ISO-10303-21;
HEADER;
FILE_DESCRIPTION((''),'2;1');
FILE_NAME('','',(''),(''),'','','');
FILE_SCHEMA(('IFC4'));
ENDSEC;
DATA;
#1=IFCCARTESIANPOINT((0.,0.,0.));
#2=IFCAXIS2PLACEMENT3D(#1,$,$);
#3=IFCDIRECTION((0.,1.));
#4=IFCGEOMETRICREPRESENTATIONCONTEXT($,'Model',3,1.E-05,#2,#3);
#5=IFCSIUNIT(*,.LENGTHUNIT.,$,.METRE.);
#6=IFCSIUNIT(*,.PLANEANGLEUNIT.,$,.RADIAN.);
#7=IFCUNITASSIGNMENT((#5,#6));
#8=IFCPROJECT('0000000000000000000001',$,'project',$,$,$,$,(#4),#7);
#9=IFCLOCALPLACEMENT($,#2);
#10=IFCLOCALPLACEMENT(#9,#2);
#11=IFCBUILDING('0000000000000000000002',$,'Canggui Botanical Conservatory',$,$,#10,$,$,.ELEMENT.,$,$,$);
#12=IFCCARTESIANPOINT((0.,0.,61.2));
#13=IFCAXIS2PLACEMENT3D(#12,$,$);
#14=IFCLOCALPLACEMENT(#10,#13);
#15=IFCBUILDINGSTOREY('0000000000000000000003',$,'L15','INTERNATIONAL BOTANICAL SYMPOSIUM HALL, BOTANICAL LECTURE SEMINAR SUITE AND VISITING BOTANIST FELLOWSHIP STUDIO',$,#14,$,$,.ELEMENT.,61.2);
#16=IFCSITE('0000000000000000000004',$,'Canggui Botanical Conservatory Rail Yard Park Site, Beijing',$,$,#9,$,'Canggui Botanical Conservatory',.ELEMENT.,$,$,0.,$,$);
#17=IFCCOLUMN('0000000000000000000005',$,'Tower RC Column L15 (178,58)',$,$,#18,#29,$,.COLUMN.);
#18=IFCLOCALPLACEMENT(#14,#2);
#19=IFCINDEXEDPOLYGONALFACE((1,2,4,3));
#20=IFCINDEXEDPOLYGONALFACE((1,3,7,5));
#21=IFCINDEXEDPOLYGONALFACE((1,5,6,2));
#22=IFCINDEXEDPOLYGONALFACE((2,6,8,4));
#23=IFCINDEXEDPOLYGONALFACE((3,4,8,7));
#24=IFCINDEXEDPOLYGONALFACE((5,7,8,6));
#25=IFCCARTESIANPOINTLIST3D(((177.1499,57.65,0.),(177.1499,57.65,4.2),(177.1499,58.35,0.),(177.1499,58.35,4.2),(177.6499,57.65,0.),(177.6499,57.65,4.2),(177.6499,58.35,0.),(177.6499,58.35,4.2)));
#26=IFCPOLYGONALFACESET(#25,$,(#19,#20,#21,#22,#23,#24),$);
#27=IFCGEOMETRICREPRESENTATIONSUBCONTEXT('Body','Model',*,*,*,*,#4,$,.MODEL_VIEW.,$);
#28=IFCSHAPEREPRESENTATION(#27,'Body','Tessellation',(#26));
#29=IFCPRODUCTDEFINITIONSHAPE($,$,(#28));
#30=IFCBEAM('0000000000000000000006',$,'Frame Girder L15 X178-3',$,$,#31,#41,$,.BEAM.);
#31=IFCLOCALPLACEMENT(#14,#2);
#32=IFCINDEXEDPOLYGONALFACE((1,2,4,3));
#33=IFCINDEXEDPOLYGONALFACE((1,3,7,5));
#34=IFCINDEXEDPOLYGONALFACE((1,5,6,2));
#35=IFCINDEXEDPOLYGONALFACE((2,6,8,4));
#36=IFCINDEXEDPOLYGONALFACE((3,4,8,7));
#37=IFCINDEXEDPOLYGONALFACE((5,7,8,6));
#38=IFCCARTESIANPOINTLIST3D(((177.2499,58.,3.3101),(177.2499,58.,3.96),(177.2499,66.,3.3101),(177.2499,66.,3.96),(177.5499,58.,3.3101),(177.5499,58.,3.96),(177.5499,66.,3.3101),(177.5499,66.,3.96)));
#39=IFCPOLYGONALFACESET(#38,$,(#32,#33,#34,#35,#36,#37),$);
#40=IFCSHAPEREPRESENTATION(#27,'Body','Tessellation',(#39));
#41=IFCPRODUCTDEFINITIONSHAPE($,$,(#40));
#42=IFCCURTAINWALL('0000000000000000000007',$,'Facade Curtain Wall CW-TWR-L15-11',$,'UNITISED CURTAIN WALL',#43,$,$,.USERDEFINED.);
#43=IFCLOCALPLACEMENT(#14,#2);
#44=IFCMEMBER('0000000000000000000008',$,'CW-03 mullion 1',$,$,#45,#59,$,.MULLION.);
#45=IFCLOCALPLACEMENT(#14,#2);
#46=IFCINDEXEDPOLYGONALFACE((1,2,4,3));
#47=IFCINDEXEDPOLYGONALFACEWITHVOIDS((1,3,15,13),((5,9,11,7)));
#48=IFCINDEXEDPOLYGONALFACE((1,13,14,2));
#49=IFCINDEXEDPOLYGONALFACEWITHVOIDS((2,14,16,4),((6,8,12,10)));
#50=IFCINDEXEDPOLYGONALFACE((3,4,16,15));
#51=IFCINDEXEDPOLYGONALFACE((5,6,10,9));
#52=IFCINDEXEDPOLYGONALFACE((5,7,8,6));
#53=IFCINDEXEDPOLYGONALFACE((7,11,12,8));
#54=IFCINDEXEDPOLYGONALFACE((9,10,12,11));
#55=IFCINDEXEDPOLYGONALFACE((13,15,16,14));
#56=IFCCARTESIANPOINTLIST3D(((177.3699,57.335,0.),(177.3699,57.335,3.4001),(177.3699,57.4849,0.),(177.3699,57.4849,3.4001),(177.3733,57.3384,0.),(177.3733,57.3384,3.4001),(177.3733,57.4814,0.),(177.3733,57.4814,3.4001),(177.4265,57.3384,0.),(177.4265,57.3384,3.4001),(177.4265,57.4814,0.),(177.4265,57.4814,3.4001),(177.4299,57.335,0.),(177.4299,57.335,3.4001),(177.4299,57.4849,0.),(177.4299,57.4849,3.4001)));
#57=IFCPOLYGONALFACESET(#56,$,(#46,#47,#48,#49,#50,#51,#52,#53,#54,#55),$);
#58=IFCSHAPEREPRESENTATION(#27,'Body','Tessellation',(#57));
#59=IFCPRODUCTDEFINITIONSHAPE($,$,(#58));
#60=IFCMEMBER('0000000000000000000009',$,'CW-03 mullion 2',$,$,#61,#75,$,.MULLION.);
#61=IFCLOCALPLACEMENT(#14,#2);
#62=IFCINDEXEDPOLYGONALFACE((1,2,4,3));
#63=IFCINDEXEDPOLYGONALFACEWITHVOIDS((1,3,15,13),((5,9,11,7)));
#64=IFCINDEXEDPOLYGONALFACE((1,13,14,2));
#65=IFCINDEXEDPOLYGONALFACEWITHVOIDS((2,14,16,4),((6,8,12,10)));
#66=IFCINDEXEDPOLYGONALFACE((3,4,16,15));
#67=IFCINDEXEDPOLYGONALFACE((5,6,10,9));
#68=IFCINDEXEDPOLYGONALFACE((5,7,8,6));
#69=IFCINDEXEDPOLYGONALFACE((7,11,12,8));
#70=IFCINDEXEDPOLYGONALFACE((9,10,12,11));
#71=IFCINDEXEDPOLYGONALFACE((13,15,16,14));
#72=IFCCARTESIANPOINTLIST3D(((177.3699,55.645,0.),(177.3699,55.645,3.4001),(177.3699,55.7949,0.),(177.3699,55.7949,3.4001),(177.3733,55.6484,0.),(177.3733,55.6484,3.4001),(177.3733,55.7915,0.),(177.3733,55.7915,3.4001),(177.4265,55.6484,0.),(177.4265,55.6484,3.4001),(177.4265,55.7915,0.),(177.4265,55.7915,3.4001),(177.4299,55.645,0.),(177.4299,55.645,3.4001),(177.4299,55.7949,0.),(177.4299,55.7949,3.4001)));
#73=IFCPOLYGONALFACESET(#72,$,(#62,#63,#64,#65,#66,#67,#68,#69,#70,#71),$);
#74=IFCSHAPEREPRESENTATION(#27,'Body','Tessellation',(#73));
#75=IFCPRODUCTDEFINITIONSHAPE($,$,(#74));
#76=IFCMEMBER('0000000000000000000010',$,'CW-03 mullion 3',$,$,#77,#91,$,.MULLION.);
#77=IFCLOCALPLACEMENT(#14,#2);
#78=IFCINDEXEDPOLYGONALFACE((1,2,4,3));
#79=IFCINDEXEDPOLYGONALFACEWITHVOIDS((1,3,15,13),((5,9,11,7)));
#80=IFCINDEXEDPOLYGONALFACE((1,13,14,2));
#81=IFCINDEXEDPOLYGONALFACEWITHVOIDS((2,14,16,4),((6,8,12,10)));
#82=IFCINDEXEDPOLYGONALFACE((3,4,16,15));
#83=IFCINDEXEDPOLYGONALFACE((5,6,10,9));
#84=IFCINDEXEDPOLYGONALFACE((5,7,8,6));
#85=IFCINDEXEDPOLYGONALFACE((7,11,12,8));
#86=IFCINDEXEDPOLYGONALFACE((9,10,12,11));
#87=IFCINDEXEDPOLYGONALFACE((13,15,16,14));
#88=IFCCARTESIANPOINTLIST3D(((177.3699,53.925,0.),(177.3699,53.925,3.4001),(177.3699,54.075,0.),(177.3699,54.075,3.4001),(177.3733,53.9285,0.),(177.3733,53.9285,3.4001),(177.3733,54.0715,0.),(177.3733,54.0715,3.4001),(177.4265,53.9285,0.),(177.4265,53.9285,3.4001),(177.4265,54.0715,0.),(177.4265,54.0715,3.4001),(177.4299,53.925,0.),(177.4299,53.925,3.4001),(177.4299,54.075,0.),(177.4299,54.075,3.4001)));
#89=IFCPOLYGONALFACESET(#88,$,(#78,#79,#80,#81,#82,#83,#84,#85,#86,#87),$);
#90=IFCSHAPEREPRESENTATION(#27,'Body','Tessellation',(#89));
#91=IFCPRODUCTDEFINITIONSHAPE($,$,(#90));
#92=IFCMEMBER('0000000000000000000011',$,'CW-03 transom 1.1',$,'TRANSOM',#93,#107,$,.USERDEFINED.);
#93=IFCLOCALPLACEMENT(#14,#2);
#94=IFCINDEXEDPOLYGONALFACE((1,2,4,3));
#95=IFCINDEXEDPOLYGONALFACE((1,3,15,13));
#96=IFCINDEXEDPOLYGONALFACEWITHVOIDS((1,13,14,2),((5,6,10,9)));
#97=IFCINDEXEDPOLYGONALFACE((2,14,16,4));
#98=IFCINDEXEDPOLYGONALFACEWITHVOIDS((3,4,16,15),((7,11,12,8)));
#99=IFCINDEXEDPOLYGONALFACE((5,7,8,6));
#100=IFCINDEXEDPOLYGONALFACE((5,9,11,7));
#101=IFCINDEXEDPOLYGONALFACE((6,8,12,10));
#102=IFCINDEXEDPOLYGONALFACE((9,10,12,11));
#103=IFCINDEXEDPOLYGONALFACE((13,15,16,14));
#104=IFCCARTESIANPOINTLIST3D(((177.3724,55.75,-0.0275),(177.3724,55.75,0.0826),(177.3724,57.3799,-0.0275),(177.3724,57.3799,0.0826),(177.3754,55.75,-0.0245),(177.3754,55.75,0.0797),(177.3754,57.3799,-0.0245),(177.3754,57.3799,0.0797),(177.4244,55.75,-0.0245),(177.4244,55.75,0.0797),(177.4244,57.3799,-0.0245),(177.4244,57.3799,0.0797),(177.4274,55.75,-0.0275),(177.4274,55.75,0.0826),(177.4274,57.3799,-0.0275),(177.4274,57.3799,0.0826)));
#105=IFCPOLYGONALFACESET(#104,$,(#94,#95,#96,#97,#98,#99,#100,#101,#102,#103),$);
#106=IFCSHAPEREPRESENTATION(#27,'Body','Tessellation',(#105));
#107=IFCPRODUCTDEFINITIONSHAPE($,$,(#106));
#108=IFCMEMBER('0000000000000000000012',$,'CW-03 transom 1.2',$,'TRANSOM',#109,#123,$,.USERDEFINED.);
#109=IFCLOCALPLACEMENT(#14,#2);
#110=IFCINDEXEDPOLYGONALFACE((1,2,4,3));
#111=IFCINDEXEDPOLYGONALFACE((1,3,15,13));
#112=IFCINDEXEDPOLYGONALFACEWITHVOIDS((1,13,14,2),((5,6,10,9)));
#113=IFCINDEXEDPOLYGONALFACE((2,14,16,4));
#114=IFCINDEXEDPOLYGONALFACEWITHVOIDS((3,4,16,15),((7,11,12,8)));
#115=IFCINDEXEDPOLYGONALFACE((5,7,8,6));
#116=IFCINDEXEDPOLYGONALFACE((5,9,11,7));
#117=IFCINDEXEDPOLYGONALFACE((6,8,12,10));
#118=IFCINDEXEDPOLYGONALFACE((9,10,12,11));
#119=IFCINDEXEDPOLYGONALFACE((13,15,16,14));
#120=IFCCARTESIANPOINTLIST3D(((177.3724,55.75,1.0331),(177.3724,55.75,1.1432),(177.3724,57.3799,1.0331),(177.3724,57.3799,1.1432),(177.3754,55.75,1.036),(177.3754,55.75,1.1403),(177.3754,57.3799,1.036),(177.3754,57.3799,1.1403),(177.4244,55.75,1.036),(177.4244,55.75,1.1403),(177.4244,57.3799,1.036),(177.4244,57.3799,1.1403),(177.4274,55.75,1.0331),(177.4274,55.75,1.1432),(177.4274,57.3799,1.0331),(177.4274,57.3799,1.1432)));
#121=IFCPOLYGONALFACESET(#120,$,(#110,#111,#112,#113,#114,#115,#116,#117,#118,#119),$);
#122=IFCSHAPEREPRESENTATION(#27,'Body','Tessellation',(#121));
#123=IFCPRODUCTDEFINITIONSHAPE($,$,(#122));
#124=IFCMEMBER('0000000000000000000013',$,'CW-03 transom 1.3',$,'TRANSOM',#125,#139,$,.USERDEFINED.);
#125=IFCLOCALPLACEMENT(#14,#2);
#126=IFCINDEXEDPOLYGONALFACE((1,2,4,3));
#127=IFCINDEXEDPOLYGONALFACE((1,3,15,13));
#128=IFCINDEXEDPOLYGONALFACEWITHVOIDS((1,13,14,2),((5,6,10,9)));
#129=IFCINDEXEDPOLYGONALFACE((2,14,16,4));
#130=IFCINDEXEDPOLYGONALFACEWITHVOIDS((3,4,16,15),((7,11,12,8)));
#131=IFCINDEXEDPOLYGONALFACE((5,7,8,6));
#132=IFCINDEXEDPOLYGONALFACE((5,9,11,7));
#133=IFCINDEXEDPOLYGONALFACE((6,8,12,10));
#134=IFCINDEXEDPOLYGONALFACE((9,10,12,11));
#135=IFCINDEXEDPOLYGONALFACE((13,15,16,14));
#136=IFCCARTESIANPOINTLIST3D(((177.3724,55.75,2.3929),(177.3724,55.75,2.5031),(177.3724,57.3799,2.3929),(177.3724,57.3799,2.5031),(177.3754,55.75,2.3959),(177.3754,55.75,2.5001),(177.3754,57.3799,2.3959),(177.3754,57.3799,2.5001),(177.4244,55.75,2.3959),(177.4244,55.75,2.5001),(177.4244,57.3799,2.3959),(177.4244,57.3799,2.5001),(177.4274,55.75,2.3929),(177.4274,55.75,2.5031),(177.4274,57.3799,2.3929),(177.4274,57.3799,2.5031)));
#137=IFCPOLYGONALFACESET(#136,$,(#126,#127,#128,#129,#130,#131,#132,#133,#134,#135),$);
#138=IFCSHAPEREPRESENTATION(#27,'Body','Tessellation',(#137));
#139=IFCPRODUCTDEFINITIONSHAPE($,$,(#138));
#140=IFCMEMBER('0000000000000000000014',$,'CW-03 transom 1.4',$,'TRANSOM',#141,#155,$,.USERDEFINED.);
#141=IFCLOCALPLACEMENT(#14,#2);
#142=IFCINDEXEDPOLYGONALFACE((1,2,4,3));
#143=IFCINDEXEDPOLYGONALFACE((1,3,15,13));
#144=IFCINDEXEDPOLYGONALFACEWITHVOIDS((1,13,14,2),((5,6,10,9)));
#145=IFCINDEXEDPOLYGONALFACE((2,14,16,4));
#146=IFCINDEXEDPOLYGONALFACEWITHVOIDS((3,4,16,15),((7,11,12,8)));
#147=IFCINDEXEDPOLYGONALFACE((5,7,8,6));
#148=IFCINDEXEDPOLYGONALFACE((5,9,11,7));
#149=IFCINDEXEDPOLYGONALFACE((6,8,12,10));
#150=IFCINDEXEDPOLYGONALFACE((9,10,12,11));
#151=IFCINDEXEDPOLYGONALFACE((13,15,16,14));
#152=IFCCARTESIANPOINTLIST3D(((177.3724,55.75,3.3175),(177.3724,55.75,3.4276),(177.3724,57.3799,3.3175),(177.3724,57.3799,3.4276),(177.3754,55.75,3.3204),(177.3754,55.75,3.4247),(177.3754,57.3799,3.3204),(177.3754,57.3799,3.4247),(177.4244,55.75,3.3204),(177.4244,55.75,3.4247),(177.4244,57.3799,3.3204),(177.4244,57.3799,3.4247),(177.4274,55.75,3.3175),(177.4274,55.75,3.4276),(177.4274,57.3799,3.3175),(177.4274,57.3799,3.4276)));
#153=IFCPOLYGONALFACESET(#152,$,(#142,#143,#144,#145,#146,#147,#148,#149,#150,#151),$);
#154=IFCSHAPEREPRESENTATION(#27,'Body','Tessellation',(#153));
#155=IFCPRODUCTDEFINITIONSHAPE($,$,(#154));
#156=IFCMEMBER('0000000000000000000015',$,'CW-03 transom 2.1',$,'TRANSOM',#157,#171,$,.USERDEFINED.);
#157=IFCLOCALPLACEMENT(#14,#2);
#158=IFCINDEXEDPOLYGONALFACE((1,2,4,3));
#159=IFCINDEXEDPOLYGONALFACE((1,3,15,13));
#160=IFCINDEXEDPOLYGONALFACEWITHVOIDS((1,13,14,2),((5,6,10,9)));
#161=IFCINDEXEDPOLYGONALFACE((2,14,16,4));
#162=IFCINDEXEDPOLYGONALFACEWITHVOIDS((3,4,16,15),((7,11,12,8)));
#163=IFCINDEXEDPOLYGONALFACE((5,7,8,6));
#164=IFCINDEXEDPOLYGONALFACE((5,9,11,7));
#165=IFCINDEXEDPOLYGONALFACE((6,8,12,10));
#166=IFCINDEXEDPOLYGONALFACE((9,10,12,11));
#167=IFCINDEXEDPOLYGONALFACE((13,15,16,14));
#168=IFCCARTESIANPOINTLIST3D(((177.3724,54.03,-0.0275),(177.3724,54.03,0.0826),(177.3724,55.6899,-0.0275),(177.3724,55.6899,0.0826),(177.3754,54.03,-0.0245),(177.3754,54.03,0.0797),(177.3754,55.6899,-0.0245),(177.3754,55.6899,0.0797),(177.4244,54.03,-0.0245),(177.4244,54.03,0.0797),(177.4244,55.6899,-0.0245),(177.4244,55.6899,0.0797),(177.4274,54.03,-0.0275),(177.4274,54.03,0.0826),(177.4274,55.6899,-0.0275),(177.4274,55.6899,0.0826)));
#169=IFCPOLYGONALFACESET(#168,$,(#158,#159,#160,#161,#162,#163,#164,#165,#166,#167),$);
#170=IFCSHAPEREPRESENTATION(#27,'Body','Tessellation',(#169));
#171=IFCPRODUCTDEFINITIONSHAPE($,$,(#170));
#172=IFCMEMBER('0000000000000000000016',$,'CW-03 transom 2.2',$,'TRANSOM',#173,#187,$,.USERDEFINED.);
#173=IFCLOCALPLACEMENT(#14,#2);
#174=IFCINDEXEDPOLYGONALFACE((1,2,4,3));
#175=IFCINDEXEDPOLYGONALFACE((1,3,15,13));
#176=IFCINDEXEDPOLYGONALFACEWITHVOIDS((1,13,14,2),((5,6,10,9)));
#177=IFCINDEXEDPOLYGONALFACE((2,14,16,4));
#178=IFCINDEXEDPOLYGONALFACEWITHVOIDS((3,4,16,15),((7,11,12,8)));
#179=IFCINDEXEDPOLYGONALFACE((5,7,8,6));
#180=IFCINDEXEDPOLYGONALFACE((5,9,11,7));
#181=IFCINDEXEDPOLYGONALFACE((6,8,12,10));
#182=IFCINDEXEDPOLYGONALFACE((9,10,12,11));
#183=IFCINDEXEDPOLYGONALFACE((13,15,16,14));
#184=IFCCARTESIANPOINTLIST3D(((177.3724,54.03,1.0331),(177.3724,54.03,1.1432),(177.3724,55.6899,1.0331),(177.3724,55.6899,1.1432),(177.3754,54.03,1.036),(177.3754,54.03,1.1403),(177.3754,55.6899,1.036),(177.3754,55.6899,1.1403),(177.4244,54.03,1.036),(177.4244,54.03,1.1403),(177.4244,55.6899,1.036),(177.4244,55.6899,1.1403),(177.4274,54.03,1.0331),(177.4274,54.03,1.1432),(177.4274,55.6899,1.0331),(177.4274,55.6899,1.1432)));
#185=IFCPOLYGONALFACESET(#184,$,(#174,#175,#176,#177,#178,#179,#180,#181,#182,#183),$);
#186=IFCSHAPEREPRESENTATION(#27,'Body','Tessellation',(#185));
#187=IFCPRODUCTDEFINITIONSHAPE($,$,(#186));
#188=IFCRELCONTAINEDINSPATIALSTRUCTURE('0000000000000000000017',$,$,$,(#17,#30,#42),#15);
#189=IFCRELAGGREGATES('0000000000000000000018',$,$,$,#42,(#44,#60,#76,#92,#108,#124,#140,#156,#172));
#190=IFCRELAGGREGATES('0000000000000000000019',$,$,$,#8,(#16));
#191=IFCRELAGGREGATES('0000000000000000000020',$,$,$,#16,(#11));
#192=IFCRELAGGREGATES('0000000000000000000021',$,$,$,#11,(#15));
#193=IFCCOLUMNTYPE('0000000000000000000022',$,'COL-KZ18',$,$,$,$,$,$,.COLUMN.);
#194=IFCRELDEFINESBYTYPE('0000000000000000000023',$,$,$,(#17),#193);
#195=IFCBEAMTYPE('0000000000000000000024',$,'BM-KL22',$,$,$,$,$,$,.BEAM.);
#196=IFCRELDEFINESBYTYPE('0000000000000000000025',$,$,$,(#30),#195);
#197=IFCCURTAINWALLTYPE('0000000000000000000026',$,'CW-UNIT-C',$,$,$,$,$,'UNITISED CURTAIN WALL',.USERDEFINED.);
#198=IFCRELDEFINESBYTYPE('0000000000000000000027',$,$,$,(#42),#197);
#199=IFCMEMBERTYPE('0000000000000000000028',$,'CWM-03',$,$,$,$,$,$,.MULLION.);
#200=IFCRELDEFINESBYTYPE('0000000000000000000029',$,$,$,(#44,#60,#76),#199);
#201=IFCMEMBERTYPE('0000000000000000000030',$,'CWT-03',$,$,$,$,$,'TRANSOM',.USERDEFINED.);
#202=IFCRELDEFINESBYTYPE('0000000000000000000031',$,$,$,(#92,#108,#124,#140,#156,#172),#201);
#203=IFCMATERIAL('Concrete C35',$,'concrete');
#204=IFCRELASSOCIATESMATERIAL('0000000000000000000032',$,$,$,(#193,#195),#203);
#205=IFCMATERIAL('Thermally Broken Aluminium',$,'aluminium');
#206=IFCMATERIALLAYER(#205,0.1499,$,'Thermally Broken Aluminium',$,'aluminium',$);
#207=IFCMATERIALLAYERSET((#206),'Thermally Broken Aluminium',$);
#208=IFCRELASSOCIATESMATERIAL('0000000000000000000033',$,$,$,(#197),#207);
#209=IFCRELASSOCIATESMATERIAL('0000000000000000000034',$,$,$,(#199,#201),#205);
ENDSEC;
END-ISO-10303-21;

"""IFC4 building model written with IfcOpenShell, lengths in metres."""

from ifc_helpers import new_model, si_unit, direction, frame, origin, origin_2d, place, context, subcontext, project, spatial, rectangle, hollow_rectangle, extrude, material, layer, layer_set, material_profile, profile_set, type_object, element, aggregate, save


model = new_model("IFC4")

# Units and contexts
model_context = context("Model", 3, precision=1e-05, world=origin(), true_north=direction((0.0, 1.0)))
body_context = subcontext(model_context, "Body", "Model", "MODEL_VIEW")
ifc_project = project(units=[si_unit("LENGTHUNIT", "METRE"), si_unit("PLANEANGLEUNIT", "RADIAN")], contexts=[model_context])

# Site, building, storey
site_placement = place(None, origin())
site = spatial("IfcSite", under=ifc_project, at=site_placement, Name="Canggui Botanical Conservatory Rail Yard Park Site, Beijing", LongName="Canggui Botanical Conservatory", CompositionType="ELEMENT", RefElevation=0.0)
building_placement = place(site_placement, origin())
building = spatial("IfcBuilding", under=site, at=building_placement, Name="Canggui Botanical Conservatory", CompositionType="ELEMENT")
storey_placement = place(building_placement, frame((0.0, 0.0, 61.2)))
storey = spatial("IfcBuildingStorey", under=building, at=storey_placement, Name="L15", Description="INTERNATIONAL BOTANICAL SYMPOSIUM HALL, BOTANICAL LECTURE SEMINAR SUITE AND VISITING BOTANIST FELLOWSHIP STUDIO", CompositionType="ELEMENT", Elevation=61.2)

# Column
ifc_material_1 = material(Name="Concrete C35", Category="concrete")
ifc_material_profile_1 = material_profile(ifc_material_1, rectangle(XDim=0.5, YDim=0.7, at=origin_2d()), Name="RC 500x700")
ifc_profile_set_1 = profile_set([ifc_material_profile_1], Name="Concrete C35")
column_type = type_object("IfcColumnType", Name="COL-KZ18", PredefinedType="COLUMN", material=ifc_profile_set_1)
column_placement = place(storey_placement, frame((177.3999, 58.0, 0.0), z_axis=(0.0, 0.0, 1.0), x_axis=(1.0, 0.0, 0.0)))
element("IfcColumn", 1, at=column_placement, inside=storey, type_object=column_type, Name="Tower RC Column L15 (178,58)", PredefinedType="COLUMN", context=body_context, shape_type="SweptSolid", body=[
    extrude(rectangle(XDim=0.5, YDim=0.7, at=origin_2d()), origin(), (0.0, 0.0, 1.0), 4.2),
])

# Beam
ifc_material_profile_2 = material_profile(ifc_material_1, rectangle(XDim=0.3, YDim=0.6499, at=origin_2d()), Name="RB 300x650")
ifc_profile_set_2 = profile_set([ifc_material_profile_2], Name="Concrete C35")
beam_type = type_object("IfcBeamType", Name="BM-KL22", PredefinedType="BEAM", material=ifc_profile_set_2)
beam_placement = place(storey_placement, frame((177.3999, 58.0, 3.635), z_axis=(0.0, 1.0, 0.0), x_axis=(-1.0, 0.0, 0.0)))
element("IfcBeam", 2, at=beam_placement, inside=storey, type_object=beam_type, Name="Frame Girder L15 X178-3", PredefinedType="BEAM", context=body_context, shape_type="SweptSolid", body=[
    extrude(rectangle(XDim=0.3, YDim=0.6499, at=origin_2d()), origin(), (0.0, 0.0, 1.0), 8.0),
])

# Curtain wall, members
ifc_material_2 = material(Name="Thermally Broken Aluminium", Category="aluminium")
ifc_layer_1 = layer(ifc_material_2, 0.1499, Name="Thermally Broken Aluminium", Category="aluminium")
ifc_layer_set_1 = layer_set([ifc_layer_1], Name="Thermally Broken Aluminium")
curtain_wall_type = type_object("IfcCurtainWallType", Name="CW-UNIT-C", ElementType="UNITISED CURTAIN WALL", PredefinedType="USERDEFINED", material=ifc_layer_set_1)
curtain_wall_placement = place(storey_placement, origin())
curtain_wall = element("IfcCurtainWall", 3, at=curtain_wall_placement, inside=storey, type_object=curtain_wall_type, Name="Facade Curtain Wall CW-TWR-L15-11", ObjectType="UNITISED CURTAIN WALL", PredefinedType="USERDEFINED")
ifc_material_profile_3 = material_profile(ifc_material_2, hollow_rectangle(XDim=0.0601, YDim=0.1499, WallThickness=0.0034, at=origin_2d()), Name="CWM 60x150x3.5")
ifc_profile_set_3 = profile_set([ifc_material_profile_3], Name="Thermally Broken Aluminium")
member_type_1 = type_object("IfcMemberType", Name="CWM-03", PredefinedType="MULLION", material=ifc_profile_set_3)
member_1_placement = place(storey_placement, frame((177.3999, 57.4099, 0.0), z_axis=(0.0, 0.0, 1.0), x_axis=(1.0, 0.0, 0.0)))
member_1 = element("IfcMember", 4, at=member_1_placement, type_object=member_type_1, Name="CW-03 mullion 1", PredefinedType="MULLION", context=body_context, shape_type="SweptSolid", body=[
    extrude(hollow_rectangle(XDim=0.0601, YDim=0.1499, WallThickness=0.0034, at=origin_2d()), origin(), (0.0, 0.0, 1.0), 3.4001),
])
member_2_placement = place(storey_placement, frame((177.3999, 55.72, 0.0), z_axis=(0.0, 0.0, 1.0), x_axis=(1.0, 0.0, 0.0)))
member_2 = element("IfcMember", 5, at=member_2_placement, type_object=member_type_1, Name="CW-03 mullion 2", PredefinedType="MULLION", context=body_context, shape_type="SweptSolid", body=[
    extrude(hollow_rectangle(XDim=0.0601, YDim=0.1499, WallThickness=0.0034, at=origin_2d()), origin(), (0.0, 0.0, 1.0), 3.4001),
])
member_3_placement = place(storey_placement, frame((177.3999, 54.0, 0.0), z_axis=(0.0, 0.0, 1.0), x_axis=(1.0, 0.0, 0.0)))
member_3 = element("IfcMember", 6, at=member_3_placement, type_object=member_type_1, Name="CW-03 mullion 3", PredefinedType="MULLION", context=body_context, shape_type="SweptSolid", body=[
    extrude(hollow_rectangle(XDim=0.0601, YDim=0.1499, WallThickness=0.0034, at=origin_2d()), origin(), (0.0, 0.0, 1.0), 3.4001),
])
ifc_material_profile_4 = material_profile(ifc_material_2, hollow_rectangle(XDim=0.0549, YDim=0.1101, WallThickness=0.0029, at=origin_2d()), Name="CWT 55x110x3")
ifc_profile_set_4 = profile_set([ifc_material_profile_4], Name="Thermally Broken Aluminium")
member_type_2 = type_object("IfcMemberType", Name="CWT-03", ElementType="TRANSOM", PredefinedType="USERDEFINED", material=ifc_profile_set_4)
member_4_placement = place(storey_placement, frame((177.3999, 57.3799, 0.0276), z_axis=(0.0, -1.0, 0.0), x_axis=(1.0, 0.0, 0.0)))
member_4 = element("IfcMember", 7, at=member_4_placement, type_object=member_type_2, Name="CW-03 transom 1.1", ObjectType="TRANSOM", PredefinedType="USERDEFINED", context=body_context, shape_type="SweptSolid", body=[
    extrude(hollow_rectangle(XDim=0.0549, YDim=0.1101, WallThickness=0.0029, at=origin_2d()), origin(), (0.0, 0.0, 1.0), 1.6299),
])
member_5_placement = place(storey_placement, frame((177.3999, 57.3799, 1.0881), z_axis=(0.0, -1.0, 0.0), x_axis=(1.0, 0.0, 0.0)))
member_5 = element("IfcMember", 8, at=member_5_placement, type_object=member_type_2, Name="CW-03 transom 1.2", ObjectType="TRANSOM", PredefinedType="USERDEFINED", context=body_context, shape_type="SweptSolid", body=[
    extrude(hollow_rectangle(XDim=0.0549, YDim=0.1101, WallThickness=0.0029, at=origin_2d()), origin(), (0.0, 0.0, 1.0), 1.6299),
])
member_6_placement = place(storey_placement, frame((177.3999, 57.3799, 2.448), z_axis=(0.0, -1.0, 0.0), x_axis=(1.0, 0.0, 0.0)))
member_6 = element("IfcMember", 9, at=member_6_placement, type_object=member_type_2, Name="CW-03 transom 1.3", ObjectType="TRANSOM", PredefinedType="USERDEFINED", context=body_context, shape_type="SweptSolid", body=[
    extrude(hollow_rectangle(XDim=0.0549, YDim=0.1101, WallThickness=0.0029, at=origin_2d()), origin(), (0.0, 0.0, 1.0), 1.6299),
])
member_7_placement = place(storey_placement, frame((177.3999, 57.3799, 3.3726), z_axis=(0.0, -1.0, 0.0), x_axis=(1.0, 0.0, 0.0)))
member_7 = element("IfcMember", 10, at=member_7_placement, type_object=member_type_2, Name="CW-03 transom 1.4", ObjectType="TRANSOM", PredefinedType="USERDEFINED", context=body_context, shape_type="SweptSolid", body=[
    extrude(hollow_rectangle(XDim=0.0549, YDim=0.1101, WallThickness=0.0029, at=origin_2d()), origin(), (0.0, 0.0, 1.0), 1.6299),
])
member_8_placement = place(storey_placement, frame((177.3999, 55.6899, 0.0276), z_axis=(0.0, -1.0, 0.0), x_axis=(1.0, 0.0, 0.0)))
member_8 = element("IfcMember", 11, at=member_8_placement, type_object=member_type_2, Name="CW-03 transom 2.1", ObjectType="TRANSOM", PredefinedType="USERDEFINED", context=body_context, shape_type="SweptSolid", body=[
    extrude(hollow_rectangle(XDim=0.0549, YDim=0.1101, WallThickness=0.0029, at=origin_2d()), origin(), (0.0, 0.0, 1.0), 1.6599),
])
member_9_placement = place(storey_placement, frame((177.3999, 55.6899, 1.0881), z_axis=(0.0, -1.0, 0.0), x_axis=(1.0, 0.0, 0.0)))
member_9 = element("IfcMember", 12, at=member_9_placement, type_object=member_type_2, Name="CW-03 transom 2.2", ObjectType="TRANSOM", PredefinedType="USERDEFINED", context=body_context, shape_type="SweptSolid", body=[
    extrude(hollow_rectangle(XDim=0.0549, YDim=0.1101, WallThickness=0.0029, at=origin_2d()), origin(), (0.0, 0.0, 1.0), 1.6599),
])
aggregate(curtain_wall, [member_1, member_2, member_3, member_4, member_5, member_6, member_7, member_8, member_9])

save(model, "model.ifc")
